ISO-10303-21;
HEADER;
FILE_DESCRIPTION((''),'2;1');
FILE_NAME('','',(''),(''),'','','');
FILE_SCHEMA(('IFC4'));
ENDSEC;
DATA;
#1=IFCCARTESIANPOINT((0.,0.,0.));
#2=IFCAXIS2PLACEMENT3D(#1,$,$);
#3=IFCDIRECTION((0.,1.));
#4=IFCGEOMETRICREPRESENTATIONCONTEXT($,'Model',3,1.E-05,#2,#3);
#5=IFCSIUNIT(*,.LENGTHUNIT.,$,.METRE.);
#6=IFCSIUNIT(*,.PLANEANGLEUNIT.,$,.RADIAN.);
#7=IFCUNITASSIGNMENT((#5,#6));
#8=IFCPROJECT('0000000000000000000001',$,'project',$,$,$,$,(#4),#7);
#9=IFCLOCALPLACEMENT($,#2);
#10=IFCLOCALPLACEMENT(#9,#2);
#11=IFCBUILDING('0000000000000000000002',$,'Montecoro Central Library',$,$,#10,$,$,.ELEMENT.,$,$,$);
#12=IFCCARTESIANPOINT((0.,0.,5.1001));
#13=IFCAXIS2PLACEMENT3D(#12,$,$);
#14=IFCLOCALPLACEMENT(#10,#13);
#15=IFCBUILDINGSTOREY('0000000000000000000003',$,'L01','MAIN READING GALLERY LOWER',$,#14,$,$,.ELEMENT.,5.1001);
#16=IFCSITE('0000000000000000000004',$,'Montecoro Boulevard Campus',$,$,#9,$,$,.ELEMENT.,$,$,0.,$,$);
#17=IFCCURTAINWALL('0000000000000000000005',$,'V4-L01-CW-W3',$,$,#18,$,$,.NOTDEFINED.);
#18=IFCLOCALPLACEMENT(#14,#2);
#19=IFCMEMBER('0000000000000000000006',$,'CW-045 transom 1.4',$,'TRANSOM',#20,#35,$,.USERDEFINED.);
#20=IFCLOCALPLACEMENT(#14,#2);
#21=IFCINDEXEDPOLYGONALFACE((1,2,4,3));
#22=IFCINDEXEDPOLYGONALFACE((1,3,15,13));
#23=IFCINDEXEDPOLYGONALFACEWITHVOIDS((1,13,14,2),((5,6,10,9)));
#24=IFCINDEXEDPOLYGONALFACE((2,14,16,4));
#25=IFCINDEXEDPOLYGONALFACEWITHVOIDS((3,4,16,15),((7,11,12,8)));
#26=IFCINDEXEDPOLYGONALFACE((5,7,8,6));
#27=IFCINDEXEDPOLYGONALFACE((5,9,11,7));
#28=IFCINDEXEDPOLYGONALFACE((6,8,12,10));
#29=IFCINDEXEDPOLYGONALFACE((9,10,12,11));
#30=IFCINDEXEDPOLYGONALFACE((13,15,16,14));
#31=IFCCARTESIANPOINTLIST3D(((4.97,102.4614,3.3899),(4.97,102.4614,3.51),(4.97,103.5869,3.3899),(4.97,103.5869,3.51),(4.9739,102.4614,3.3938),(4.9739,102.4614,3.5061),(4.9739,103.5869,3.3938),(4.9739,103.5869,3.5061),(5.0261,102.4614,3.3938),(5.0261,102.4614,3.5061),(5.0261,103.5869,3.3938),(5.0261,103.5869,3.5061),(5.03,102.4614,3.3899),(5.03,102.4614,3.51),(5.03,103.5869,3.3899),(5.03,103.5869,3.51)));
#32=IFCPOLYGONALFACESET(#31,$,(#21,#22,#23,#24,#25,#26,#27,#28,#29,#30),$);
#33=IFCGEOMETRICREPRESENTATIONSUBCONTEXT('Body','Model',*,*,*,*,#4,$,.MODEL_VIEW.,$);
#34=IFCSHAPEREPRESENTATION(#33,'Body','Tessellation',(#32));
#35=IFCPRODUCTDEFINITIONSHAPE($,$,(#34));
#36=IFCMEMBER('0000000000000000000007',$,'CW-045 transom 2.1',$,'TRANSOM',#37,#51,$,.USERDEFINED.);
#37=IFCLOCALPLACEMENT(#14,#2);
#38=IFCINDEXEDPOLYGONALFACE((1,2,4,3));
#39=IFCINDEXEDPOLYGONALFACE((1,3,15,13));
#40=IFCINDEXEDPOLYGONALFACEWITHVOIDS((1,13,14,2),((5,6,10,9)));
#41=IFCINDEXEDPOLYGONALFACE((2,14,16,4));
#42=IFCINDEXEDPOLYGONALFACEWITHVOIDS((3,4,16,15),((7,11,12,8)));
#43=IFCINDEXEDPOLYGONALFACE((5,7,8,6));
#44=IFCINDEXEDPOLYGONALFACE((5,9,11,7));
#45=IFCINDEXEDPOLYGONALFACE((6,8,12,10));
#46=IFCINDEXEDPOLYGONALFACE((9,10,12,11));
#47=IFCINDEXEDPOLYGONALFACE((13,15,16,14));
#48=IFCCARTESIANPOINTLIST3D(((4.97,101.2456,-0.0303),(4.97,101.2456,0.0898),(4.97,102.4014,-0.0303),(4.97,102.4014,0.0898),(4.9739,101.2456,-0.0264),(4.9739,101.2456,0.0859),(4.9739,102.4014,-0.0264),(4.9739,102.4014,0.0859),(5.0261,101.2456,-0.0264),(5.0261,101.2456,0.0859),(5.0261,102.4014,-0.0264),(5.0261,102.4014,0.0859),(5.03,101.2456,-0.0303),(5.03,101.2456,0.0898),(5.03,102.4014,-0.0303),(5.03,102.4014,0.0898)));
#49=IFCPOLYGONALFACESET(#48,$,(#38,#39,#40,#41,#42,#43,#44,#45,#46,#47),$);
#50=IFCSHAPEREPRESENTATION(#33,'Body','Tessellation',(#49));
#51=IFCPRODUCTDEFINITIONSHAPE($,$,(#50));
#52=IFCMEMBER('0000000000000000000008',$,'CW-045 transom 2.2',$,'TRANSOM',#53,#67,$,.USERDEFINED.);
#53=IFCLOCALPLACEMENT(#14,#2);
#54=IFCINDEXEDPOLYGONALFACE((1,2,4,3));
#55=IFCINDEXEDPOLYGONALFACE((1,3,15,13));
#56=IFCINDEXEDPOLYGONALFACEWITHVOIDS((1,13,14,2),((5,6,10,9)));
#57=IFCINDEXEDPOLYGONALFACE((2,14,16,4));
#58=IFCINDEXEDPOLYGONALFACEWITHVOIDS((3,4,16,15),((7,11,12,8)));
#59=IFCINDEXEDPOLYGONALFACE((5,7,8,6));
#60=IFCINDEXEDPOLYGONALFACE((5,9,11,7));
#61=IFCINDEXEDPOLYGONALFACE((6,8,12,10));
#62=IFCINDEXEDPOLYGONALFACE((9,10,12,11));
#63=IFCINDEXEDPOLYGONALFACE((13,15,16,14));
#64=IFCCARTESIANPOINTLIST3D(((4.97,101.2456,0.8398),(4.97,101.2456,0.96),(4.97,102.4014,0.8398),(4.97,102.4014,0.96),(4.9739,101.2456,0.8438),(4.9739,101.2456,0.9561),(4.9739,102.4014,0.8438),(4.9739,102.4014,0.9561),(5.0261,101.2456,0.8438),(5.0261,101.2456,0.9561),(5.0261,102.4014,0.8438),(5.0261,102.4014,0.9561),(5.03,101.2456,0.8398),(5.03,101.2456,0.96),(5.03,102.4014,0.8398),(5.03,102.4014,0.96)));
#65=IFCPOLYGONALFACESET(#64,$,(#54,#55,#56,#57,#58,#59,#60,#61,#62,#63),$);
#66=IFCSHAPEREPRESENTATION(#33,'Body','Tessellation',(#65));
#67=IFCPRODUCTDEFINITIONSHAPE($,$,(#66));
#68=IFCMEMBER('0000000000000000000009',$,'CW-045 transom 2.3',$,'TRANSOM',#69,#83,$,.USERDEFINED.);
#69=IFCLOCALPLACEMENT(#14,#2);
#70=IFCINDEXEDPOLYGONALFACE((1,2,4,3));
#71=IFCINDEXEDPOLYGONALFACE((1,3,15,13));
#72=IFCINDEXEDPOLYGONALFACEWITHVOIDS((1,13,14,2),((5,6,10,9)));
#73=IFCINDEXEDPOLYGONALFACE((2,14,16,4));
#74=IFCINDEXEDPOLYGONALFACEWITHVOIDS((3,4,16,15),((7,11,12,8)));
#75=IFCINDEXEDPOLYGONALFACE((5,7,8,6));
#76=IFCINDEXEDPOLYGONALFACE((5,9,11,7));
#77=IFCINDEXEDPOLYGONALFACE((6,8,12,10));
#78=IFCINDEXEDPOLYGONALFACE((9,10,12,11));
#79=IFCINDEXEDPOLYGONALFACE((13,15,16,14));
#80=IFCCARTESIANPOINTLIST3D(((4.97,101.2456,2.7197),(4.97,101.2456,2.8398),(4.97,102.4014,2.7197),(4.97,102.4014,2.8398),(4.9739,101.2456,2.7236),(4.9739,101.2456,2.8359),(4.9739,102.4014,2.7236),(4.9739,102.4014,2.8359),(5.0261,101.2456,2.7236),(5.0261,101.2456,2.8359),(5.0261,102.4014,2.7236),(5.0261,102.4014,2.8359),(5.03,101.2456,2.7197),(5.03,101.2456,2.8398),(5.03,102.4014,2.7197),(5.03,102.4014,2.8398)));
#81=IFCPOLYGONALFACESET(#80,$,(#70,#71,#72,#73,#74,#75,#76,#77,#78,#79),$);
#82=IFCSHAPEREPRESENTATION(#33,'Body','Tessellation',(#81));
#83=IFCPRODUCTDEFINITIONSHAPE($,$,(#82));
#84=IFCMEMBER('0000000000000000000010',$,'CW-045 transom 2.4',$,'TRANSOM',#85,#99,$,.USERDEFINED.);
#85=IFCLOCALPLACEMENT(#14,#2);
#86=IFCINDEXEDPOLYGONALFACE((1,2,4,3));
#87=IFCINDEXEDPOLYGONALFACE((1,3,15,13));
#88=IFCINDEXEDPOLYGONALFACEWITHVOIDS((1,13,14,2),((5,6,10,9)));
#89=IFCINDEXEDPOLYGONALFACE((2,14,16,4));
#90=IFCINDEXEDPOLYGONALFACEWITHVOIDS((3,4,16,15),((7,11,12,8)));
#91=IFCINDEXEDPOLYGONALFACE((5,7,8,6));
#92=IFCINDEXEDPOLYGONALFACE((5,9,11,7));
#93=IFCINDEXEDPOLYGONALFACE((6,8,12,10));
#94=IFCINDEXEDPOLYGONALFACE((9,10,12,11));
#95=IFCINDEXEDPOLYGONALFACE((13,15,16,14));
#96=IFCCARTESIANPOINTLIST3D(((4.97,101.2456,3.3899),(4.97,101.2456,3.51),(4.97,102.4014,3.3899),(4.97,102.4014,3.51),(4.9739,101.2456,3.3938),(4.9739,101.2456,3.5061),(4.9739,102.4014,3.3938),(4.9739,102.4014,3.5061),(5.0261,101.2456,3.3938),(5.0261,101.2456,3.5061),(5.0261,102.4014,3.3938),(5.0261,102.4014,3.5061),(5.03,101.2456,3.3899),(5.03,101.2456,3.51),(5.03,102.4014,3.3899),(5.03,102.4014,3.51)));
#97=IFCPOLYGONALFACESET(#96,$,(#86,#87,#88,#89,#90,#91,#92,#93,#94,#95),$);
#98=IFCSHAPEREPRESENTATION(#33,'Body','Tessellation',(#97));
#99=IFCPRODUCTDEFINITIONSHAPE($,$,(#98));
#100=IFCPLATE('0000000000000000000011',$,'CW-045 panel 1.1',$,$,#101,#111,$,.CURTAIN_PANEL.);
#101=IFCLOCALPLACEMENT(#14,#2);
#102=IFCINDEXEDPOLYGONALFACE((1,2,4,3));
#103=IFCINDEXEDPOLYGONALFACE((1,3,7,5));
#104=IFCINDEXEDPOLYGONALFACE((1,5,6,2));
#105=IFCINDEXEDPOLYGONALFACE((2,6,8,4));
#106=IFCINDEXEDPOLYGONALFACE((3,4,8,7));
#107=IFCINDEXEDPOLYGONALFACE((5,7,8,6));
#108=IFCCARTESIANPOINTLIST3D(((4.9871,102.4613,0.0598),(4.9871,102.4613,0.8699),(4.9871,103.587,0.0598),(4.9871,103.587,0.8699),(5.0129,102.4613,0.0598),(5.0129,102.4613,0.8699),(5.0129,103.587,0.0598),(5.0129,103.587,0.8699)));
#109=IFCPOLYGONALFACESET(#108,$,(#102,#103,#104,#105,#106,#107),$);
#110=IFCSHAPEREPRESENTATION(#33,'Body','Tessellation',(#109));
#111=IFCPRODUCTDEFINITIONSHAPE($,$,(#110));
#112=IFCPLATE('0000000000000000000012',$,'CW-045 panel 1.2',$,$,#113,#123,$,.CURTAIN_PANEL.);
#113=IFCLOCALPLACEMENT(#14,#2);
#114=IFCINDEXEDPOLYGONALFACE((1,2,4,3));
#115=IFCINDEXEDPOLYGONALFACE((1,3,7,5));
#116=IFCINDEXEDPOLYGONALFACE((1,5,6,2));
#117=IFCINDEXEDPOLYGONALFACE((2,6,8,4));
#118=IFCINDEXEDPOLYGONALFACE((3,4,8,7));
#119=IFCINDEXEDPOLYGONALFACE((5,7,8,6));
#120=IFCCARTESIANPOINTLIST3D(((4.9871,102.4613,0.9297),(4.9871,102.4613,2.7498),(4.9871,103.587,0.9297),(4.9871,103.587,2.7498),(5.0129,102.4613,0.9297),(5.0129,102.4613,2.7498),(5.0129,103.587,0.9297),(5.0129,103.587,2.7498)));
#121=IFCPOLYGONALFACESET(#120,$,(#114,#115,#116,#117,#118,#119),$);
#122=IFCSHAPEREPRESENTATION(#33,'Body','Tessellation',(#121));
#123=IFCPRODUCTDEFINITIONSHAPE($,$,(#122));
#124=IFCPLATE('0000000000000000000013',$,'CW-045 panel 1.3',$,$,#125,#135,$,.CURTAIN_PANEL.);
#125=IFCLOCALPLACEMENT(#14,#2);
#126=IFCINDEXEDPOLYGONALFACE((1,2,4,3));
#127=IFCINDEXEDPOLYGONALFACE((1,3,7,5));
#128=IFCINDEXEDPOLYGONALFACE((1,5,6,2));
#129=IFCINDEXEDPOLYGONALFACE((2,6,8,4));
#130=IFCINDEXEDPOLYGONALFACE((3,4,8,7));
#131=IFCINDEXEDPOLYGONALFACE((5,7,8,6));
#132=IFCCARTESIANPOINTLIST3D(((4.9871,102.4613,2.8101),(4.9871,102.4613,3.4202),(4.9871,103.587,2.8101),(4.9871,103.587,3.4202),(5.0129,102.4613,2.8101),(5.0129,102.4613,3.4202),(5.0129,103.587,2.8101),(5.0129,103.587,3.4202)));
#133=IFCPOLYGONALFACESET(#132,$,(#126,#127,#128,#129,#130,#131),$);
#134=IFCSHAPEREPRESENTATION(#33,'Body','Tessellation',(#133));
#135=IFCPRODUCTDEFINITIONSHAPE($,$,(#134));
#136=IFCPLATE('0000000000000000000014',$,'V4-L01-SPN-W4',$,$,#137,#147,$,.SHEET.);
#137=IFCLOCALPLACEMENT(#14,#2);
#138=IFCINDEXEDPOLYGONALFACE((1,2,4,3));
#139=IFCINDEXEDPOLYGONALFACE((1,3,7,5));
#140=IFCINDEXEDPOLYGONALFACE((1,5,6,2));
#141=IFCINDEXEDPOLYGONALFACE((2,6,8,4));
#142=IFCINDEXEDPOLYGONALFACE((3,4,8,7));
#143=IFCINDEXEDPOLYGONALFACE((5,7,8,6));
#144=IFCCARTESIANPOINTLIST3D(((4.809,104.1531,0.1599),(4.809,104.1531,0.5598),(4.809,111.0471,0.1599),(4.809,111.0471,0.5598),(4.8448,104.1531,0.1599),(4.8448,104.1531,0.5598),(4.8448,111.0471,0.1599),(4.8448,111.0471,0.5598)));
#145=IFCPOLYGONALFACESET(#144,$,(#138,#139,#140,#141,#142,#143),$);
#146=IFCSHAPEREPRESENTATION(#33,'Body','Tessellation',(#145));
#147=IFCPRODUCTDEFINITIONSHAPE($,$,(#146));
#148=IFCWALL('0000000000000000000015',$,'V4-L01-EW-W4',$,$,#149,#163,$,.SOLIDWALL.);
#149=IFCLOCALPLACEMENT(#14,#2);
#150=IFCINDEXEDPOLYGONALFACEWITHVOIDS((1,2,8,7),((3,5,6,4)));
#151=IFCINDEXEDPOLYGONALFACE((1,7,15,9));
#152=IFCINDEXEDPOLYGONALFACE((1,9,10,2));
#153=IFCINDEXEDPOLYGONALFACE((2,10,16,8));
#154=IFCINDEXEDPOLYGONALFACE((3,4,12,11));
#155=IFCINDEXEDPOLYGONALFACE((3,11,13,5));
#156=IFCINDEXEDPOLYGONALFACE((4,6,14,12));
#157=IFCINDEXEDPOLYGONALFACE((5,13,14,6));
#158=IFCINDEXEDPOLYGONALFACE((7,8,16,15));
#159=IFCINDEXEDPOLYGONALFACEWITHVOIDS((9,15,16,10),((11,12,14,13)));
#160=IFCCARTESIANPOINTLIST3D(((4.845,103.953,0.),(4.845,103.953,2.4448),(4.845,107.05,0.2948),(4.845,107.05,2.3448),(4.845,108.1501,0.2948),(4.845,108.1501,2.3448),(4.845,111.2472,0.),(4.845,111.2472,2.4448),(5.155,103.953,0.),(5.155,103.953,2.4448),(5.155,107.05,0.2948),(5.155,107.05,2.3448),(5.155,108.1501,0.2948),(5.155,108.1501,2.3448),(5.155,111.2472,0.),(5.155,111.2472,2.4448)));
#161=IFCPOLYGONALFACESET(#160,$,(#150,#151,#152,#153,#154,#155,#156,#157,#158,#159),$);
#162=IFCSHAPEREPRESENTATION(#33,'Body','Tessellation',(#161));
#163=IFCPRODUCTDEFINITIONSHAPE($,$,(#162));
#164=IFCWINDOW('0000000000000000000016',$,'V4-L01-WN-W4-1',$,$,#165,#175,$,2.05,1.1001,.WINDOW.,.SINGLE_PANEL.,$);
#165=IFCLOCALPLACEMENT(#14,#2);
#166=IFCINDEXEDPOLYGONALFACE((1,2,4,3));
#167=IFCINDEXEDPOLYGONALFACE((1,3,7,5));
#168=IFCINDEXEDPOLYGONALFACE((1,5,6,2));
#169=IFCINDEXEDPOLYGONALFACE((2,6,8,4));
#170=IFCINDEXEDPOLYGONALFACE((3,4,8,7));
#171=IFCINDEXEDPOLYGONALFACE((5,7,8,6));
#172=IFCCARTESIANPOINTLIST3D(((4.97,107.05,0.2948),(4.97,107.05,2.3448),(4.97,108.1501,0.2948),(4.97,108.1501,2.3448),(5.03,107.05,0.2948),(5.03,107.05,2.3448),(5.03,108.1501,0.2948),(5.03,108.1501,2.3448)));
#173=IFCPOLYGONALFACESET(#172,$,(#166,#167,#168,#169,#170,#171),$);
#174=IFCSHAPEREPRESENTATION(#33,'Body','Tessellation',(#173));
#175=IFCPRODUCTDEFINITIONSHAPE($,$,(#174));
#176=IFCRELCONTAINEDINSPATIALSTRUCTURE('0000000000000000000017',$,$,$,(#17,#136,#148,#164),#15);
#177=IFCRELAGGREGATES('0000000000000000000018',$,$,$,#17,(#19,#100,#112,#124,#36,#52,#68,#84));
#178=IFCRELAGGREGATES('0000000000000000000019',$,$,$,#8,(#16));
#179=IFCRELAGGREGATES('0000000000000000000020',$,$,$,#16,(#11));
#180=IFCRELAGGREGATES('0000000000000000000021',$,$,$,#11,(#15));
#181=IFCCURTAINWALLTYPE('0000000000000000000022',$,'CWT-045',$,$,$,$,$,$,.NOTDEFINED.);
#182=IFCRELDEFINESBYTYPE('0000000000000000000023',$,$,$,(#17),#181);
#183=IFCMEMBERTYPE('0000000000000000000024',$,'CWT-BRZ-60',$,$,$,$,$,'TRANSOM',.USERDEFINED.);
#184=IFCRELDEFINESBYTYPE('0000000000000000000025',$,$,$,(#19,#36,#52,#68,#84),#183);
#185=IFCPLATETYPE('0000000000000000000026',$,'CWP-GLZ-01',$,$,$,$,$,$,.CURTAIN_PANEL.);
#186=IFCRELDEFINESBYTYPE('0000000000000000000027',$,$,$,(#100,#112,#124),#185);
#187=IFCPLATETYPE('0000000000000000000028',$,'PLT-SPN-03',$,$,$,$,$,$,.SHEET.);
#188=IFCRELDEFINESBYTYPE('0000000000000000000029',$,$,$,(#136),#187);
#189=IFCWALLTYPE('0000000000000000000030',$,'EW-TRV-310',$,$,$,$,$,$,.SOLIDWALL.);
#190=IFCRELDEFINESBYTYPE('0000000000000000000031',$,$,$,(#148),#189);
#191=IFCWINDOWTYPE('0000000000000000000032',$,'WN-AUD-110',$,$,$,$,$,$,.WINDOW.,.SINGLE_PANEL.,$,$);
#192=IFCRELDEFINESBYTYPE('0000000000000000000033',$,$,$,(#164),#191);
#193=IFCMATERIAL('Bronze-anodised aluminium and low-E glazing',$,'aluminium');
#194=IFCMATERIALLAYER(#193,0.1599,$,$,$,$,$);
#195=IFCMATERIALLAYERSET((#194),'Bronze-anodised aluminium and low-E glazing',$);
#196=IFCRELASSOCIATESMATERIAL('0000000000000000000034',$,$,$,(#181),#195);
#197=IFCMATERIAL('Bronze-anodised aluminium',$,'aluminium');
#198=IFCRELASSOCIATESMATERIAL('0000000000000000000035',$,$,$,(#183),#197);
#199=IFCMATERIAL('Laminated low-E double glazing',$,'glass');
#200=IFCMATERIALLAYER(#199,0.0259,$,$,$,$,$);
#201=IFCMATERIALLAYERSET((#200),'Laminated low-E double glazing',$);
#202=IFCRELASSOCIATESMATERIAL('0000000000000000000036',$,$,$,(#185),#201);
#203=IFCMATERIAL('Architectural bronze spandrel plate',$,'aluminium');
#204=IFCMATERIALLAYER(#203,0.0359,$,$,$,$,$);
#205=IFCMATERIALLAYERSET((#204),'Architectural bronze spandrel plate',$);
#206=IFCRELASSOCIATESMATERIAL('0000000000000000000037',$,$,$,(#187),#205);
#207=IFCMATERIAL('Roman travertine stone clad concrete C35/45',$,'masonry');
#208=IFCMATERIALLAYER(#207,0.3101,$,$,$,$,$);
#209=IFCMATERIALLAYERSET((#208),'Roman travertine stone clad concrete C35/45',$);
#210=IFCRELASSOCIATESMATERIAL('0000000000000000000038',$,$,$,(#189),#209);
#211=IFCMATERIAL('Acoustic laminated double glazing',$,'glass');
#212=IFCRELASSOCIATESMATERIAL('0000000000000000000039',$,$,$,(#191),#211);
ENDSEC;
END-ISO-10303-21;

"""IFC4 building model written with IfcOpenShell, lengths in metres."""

from ifc_helpers import new_model, si_unit, direction, frame, frame_2d, origin, origin_2d, place, context, subcontext, project, spatial, rectangle, hollow_rectangle, extrude, material, layer, layer_set, material_profile, profile_set, type_object, element, fill, aggregate, save


model = new_model("IFC4")

# Units and contexts
model_context = context("Model", 3, precision=1e-05, world=origin(), true_north=direction((0.0, 1.0)))
body_context = subcontext(model_context, "Body", "Model", "MODEL_VIEW")
ifc_project = project(units=[si_unit("LENGTHUNIT", "METRE"), si_unit("PLANEANGLEUNIT", "RADIAN")], contexts=[model_context])

# Site, building, storey
site_placement = place(None, origin())
site = spatial("IfcSite", under=ifc_project, at=site_placement, Name="Montecoro Boulevard Campus", CompositionType="ELEMENT", RefElevation=0.0)
building_placement = place(site_placement, origin())
building = spatial("IfcBuilding", under=site, at=building_placement, Name="Montecoro Central Library", CompositionType="ELEMENT")
storey_placement = place(building_placement, frame((0.0, 0.0, 5.1001)))
storey = spatial("IfcBuildingStorey", under=building, at=storey_placement, Name="L01", Description="MAIN READING GALLERY LOWER", CompositionType="ELEMENT", Elevation=5.1001)

# Curtain wall, members, plates
ifc_material_1 = material(Name="Bronze-anodised aluminium and low-E glazing", Category="aluminium")
ifc_layer_1 = layer(ifc_material_1, 0.1599)
ifc_layer_set_1 = layer_set([ifc_layer_1], Name="Bronze-anodised aluminium and low-E glazing")
curtain_wall_type = type_object("IfcCurtainWallType", Name="CWT-045", PredefinedType="NOTDEFINED", material=ifc_layer_set_1)
curtain_wall_placement = place(storey_placement, origin())
curtain_wall = element("IfcCurtainWall", 1, at=curtain_wall_placement, inside=storey, type_object=curtain_wall_type, Name="V4-L01-CW-W3", PredefinedType="NOTDEFINED")
ifc_material_2 = material(Name="Bronze-anodised aluminium", Category="aluminium")
ifc_material_profile_1 = material_profile(ifc_material_2, hollow_rectangle(XDim=0.0601, YDim=0.1201, WallThickness=0.0039, at=origin_2d()), Name="CWT 120x60x4.0")
ifc_profile_set_1 = profile_set([ifc_material_profile_1], Name="Bronze-anodised aluminium")
member_type_1 = type_object("IfcMemberType", Name="CWT-BRZ-60", ElementType="TRANSOM", PredefinedType="USERDEFINED", material=ifc_profile_set_1)
member_1_placement = place(storey_placement, frame((5.0, 103.5869, 3.45), z_axis=(0.0, -1.0, 0.0), x_axis=(1.0, 0.0, 0.0)))
member_1 = element("IfcMember", 2, at=member_1_placement, type_object=member_type_1, Name="CW-045 transom 1.4", ObjectType="TRANSOM", PredefinedType="USERDEFINED", context=body_context, shape_type="SweptSolid", body=[
    extrude(hollow_rectangle(XDim=0.0601, YDim=0.1201, WallThickness=0.0039, at=origin_2d()), origin(), (0.0, 0.0, 1.0), 1.1255),
])
member_2_placement = place(storey_placement, frame((5.0, 102.4014, 0.0298), z_axis=(0.0, -1.0, 0.0), x_axis=(1.0, 0.0, 0.0)))
member_2 = element("IfcMember", 3, at=member_2_placement, type_object=member_type_1, Name="CW-045 transom 2.1", ObjectType="TRANSOM", PredefinedType="USERDEFINED", context=body_context, shape_type="SweptSolid", body=[
    extrude(hollow_rectangle(XDim=0.0601, YDim=0.1201, WallThickness=0.0039, at=origin_2d()), origin(), (0.0, 0.0, 1.0), 1.1558),
])
member_3_placement = place(storey_placement, frame((5.0, 102.4014, 0.8999), z_axis=(0.0, -1.0, 0.0), x_axis=(1.0, 0.0, 0.0)))
member_3 = element("IfcMember", 4, at=member_3_placement, type_object=member_type_1, Name="CW-045 transom 2.2", ObjectType="TRANSOM", PredefinedType="USERDEFINED", context=body_context, shape_type="SweptSolid", body=[
    extrude(hollow_rectangle(XDim=0.0601, YDim=0.1201, WallThickness=0.0039, at=origin_2d()), origin(), (0.0, 0.0, 1.0), 1.1558),
])
member_4_placement = place(storey_placement, frame((5.0, 102.4014, 2.7798), z_axis=(0.0, -1.0, 0.0), x_axis=(1.0, 0.0, 0.0)))
member_4 = element("IfcMember", 5, at=member_4_placement, type_object=member_type_1, Name="CW-045 transom 2.3", ObjectType="TRANSOM", PredefinedType="USERDEFINED", context=body_context, shape_type="SweptSolid", body=[
    extrude(hollow_rectangle(XDim=0.0601, YDim=0.1201, WallThickness=0.0039, at=origin_2d()), origin(), (0.0, 0.0, 1.0), 1.1558),
])
member_5_placement = place(storey_placement, frame((5.0, 102.4014, 3.45), z_axis=(0.0, -1.0, 0.0), x_axis=(1.0, 0.0, 0.0)))
member_5 = element("IfcMember", 6, at=member_5_placement, type_object=member_type_1, Name="CW-045 transom 2.4", ObjectType="TRANSOM", PredefinedType="USERDEFINED", context=body_context, shape_type="SweptSolid", body=[
    extrude(hollow_rectangle(XDim=0.0601, YDim=0.1201, WallThickness=0.0039, at=origin_2d()), origin(), (0.0, 0.0, 1.0), 1.1558),
])
ifc_material_3 = material(Name="Laminated low-E double glazing", Category="glass")
ifc_layer_2 = layer(ifc_material_3, 0.0259)
ifc_layer_set_2 = layer_set([ifc_layer_2], Name="Laminated low-E double glazing")
plate_type_1 = type_object("IfcPlateType", Name="CWP-GLZ-01", PredefinedType="CURTAIN_PANEL", material=ifc_layer_set_2)
plate_1_placement = place(storey_placement, frame((5.0, 103.0242, 0.0598), z_axis=(0.0, 0.0, 1.0), x_axis=(0.0, -1.0, 0.0)))
plate_1 = element("IfcPlate", 7, at=plate_1_placement, type_object=plate_type_1, Name="CW-045 panel 1.1", PredefinedType="CURTAIN_PANEL", context=body_context, shape_type="SweptSolid", body=[
    extrude(rectangle(XDim=1.1257, YDim=0.0259, at=origin_2d()), origin(), (0.0, 0.0, 1.0), 0.8101),
])
plate_2_placement = place(storey_placement, frame((5.0, 103.0242, 0.9297), z_axis=(0.0, 0.0, 1.0), x_axis=(0.0, -1.0, 0.0)))
plate_2 = element("IfcPlate", 8, at=plate_2_placement, type_object=plate_type_1, Name="CW-045 panel 1.2", PredefinedType="CURTAIN_PANEL", context=body_context, shape_type="SweptSolid", body=[
    extrude(rectangle(XDim=1.1257, YDim=0.0259, at=origin_2d()), origin(), (0.0, 0.0, 1.0), 1.8201),
])
plate_3_placement = place(storey_placement, frame((5.0, 103.0242, 2.8101), z_axis=(0.0, 0.0, 1.0), x_axis=(0.0, -1.0, 0.0)))
plate_3 = element("IfcPlate", 9, at=plate_3_placement, type_object=plate_type_1, Name="CW-045 panel 1.3", PredefinedType="CURTAIN_PANEL", context=body_context, shape_type="SweptSolid", body=[
    extrude(rectangle(XDim=1.1257, YDim=0.0259, at=origin_2d()), origin(), (0.0, 0.0, 1.0), 0.6101),
])
aggregate(curtain_wall, [member_1, plate_1, plate_2, plate_3, member_2, member_3, member_4, member_5])

# Plate
ifc_material_4 = material(Name="Architectural bronze spandrel plate", Category="aluminium")
ifc_layer_3 = layer(ifc_material_4, 0.0359)
ifc_layer_set_3 = layer_set([ifc_layer_3], Name="Architectural bronze spandrel plate")
plate_type_2 = type_object("IfcPlateType", Name="PLT-SPN-03", PredefinedType="SHEET", material=ifc_layer_set_3)
plate_4_placement = place(storey_placement, frame((4.8269, 107.6001, 0.1599), z_axis=(0.0, 0.0, 1.0), x_axis=(0.0, -1.0, 0.0)))
element("IfcPlate", 10, at=plate_4_placement, inside=storey, type_object=plate_type_2, Name="V4-L01-SPN-W4", PredefinedType="SHEET", context=body_context, shape_type="SweptSolid", body=[
    extrude(rectangle(XDim=6.894, YDim=0.0359, at=origin_2d()), origin(), (0.0, 0.0, 1.0), 0.3999),
])

# Wall, opening, window
ifc_material_5 = material(Name="Roman travertine stone clad concrete C35/45", Category="masonry")
ifc_layer_4 = layer(ifc_material_5, 0.3101)
ifc_layer_set_4 = layer_set([ifc_layer_4], Name="Roman travertine stone clad concrete C35/45")
wall_type_1 = type_object("IfcWallType", Name="EW-TRV-310", PredefinedType="SOLIDWALL", material=ifc_layer_set_4)
wall_1_placement = place(storey_placement, frame((5.0, 111.2471, 0.0), z_axis=(0.0, 0.0, 1.0), x_axis=(0.0, -1.0, 0.0)))
wall_1 = element("IfcWall", 11, at=wall_1_placement, inside=storey, type_object=wall_type_1, Name="V4-L01-EW-W4", PredefinedType="SOLIDWALL", context=body_context, shape_type="SweptSolid", body=[
    extrude(rectangle(XDim=7.2942, YDim=0.3101, at=frame_2d((3.647, 0.0))), origin(), (0.0, 0.0, 1.0), 2.4448),
])
opening_1_placement = place(wall_1_placement, frame((3.0969, 0.0, 0.2949)))
opening_1 = element("IfcOpeningElement", 12, at=opening_1_placement, cuts=wall_1, PredefinedType="OPENING", context=body_context, shape_type="SweptSolid", body=[
    extrude(rectangle(XDim=1.1001, YDim=2.05, at=frame_2d((0.55, 1.0249))), frame((0.0, 0.165, 0.0), z_axis=(0.0, -1.0, 0.0), x_axis=(1.0, 0.0, 0.0)), (0.0, 0.0, 1.0), 0.3301),
])
ifc_material_6 = material(Name="Acoustic laminated double glazing", Category="glass")
window_type = type_object("IfcWindowType", Name="WN-AUD-110", PartitioningType="SINGLE_PANEL", PredefinedType="WINDOW", material=ifc_material_6)
window_placement = place(opening_1_placement, origin())
window = element("IfcWindow", 13, at=window_placement, inside=storey, type_object=window_type, Name="V4-L01-WN-W4-1", OverallHeight=2.05, OverallWidth=1.1001, PartitioningType="SINGLE_PANEL", PredefinedType="WINDOW", context=body_context, shape_type="SweptSolid", body=[
    extrude(rectangle(XDim=1.1001, YDim=2.05, at=frame_2d((0.55, 1.0249))), frame((0.0, 0.03, 0.0), z_axis=(0.0, -1.0, 0.0), x_axis=(1.0, 0.0, 0.0)), (0.0, 0.0, 1.0), 0.0601),
])
fill(opening_1, window)

save(model, "model.ifc")
